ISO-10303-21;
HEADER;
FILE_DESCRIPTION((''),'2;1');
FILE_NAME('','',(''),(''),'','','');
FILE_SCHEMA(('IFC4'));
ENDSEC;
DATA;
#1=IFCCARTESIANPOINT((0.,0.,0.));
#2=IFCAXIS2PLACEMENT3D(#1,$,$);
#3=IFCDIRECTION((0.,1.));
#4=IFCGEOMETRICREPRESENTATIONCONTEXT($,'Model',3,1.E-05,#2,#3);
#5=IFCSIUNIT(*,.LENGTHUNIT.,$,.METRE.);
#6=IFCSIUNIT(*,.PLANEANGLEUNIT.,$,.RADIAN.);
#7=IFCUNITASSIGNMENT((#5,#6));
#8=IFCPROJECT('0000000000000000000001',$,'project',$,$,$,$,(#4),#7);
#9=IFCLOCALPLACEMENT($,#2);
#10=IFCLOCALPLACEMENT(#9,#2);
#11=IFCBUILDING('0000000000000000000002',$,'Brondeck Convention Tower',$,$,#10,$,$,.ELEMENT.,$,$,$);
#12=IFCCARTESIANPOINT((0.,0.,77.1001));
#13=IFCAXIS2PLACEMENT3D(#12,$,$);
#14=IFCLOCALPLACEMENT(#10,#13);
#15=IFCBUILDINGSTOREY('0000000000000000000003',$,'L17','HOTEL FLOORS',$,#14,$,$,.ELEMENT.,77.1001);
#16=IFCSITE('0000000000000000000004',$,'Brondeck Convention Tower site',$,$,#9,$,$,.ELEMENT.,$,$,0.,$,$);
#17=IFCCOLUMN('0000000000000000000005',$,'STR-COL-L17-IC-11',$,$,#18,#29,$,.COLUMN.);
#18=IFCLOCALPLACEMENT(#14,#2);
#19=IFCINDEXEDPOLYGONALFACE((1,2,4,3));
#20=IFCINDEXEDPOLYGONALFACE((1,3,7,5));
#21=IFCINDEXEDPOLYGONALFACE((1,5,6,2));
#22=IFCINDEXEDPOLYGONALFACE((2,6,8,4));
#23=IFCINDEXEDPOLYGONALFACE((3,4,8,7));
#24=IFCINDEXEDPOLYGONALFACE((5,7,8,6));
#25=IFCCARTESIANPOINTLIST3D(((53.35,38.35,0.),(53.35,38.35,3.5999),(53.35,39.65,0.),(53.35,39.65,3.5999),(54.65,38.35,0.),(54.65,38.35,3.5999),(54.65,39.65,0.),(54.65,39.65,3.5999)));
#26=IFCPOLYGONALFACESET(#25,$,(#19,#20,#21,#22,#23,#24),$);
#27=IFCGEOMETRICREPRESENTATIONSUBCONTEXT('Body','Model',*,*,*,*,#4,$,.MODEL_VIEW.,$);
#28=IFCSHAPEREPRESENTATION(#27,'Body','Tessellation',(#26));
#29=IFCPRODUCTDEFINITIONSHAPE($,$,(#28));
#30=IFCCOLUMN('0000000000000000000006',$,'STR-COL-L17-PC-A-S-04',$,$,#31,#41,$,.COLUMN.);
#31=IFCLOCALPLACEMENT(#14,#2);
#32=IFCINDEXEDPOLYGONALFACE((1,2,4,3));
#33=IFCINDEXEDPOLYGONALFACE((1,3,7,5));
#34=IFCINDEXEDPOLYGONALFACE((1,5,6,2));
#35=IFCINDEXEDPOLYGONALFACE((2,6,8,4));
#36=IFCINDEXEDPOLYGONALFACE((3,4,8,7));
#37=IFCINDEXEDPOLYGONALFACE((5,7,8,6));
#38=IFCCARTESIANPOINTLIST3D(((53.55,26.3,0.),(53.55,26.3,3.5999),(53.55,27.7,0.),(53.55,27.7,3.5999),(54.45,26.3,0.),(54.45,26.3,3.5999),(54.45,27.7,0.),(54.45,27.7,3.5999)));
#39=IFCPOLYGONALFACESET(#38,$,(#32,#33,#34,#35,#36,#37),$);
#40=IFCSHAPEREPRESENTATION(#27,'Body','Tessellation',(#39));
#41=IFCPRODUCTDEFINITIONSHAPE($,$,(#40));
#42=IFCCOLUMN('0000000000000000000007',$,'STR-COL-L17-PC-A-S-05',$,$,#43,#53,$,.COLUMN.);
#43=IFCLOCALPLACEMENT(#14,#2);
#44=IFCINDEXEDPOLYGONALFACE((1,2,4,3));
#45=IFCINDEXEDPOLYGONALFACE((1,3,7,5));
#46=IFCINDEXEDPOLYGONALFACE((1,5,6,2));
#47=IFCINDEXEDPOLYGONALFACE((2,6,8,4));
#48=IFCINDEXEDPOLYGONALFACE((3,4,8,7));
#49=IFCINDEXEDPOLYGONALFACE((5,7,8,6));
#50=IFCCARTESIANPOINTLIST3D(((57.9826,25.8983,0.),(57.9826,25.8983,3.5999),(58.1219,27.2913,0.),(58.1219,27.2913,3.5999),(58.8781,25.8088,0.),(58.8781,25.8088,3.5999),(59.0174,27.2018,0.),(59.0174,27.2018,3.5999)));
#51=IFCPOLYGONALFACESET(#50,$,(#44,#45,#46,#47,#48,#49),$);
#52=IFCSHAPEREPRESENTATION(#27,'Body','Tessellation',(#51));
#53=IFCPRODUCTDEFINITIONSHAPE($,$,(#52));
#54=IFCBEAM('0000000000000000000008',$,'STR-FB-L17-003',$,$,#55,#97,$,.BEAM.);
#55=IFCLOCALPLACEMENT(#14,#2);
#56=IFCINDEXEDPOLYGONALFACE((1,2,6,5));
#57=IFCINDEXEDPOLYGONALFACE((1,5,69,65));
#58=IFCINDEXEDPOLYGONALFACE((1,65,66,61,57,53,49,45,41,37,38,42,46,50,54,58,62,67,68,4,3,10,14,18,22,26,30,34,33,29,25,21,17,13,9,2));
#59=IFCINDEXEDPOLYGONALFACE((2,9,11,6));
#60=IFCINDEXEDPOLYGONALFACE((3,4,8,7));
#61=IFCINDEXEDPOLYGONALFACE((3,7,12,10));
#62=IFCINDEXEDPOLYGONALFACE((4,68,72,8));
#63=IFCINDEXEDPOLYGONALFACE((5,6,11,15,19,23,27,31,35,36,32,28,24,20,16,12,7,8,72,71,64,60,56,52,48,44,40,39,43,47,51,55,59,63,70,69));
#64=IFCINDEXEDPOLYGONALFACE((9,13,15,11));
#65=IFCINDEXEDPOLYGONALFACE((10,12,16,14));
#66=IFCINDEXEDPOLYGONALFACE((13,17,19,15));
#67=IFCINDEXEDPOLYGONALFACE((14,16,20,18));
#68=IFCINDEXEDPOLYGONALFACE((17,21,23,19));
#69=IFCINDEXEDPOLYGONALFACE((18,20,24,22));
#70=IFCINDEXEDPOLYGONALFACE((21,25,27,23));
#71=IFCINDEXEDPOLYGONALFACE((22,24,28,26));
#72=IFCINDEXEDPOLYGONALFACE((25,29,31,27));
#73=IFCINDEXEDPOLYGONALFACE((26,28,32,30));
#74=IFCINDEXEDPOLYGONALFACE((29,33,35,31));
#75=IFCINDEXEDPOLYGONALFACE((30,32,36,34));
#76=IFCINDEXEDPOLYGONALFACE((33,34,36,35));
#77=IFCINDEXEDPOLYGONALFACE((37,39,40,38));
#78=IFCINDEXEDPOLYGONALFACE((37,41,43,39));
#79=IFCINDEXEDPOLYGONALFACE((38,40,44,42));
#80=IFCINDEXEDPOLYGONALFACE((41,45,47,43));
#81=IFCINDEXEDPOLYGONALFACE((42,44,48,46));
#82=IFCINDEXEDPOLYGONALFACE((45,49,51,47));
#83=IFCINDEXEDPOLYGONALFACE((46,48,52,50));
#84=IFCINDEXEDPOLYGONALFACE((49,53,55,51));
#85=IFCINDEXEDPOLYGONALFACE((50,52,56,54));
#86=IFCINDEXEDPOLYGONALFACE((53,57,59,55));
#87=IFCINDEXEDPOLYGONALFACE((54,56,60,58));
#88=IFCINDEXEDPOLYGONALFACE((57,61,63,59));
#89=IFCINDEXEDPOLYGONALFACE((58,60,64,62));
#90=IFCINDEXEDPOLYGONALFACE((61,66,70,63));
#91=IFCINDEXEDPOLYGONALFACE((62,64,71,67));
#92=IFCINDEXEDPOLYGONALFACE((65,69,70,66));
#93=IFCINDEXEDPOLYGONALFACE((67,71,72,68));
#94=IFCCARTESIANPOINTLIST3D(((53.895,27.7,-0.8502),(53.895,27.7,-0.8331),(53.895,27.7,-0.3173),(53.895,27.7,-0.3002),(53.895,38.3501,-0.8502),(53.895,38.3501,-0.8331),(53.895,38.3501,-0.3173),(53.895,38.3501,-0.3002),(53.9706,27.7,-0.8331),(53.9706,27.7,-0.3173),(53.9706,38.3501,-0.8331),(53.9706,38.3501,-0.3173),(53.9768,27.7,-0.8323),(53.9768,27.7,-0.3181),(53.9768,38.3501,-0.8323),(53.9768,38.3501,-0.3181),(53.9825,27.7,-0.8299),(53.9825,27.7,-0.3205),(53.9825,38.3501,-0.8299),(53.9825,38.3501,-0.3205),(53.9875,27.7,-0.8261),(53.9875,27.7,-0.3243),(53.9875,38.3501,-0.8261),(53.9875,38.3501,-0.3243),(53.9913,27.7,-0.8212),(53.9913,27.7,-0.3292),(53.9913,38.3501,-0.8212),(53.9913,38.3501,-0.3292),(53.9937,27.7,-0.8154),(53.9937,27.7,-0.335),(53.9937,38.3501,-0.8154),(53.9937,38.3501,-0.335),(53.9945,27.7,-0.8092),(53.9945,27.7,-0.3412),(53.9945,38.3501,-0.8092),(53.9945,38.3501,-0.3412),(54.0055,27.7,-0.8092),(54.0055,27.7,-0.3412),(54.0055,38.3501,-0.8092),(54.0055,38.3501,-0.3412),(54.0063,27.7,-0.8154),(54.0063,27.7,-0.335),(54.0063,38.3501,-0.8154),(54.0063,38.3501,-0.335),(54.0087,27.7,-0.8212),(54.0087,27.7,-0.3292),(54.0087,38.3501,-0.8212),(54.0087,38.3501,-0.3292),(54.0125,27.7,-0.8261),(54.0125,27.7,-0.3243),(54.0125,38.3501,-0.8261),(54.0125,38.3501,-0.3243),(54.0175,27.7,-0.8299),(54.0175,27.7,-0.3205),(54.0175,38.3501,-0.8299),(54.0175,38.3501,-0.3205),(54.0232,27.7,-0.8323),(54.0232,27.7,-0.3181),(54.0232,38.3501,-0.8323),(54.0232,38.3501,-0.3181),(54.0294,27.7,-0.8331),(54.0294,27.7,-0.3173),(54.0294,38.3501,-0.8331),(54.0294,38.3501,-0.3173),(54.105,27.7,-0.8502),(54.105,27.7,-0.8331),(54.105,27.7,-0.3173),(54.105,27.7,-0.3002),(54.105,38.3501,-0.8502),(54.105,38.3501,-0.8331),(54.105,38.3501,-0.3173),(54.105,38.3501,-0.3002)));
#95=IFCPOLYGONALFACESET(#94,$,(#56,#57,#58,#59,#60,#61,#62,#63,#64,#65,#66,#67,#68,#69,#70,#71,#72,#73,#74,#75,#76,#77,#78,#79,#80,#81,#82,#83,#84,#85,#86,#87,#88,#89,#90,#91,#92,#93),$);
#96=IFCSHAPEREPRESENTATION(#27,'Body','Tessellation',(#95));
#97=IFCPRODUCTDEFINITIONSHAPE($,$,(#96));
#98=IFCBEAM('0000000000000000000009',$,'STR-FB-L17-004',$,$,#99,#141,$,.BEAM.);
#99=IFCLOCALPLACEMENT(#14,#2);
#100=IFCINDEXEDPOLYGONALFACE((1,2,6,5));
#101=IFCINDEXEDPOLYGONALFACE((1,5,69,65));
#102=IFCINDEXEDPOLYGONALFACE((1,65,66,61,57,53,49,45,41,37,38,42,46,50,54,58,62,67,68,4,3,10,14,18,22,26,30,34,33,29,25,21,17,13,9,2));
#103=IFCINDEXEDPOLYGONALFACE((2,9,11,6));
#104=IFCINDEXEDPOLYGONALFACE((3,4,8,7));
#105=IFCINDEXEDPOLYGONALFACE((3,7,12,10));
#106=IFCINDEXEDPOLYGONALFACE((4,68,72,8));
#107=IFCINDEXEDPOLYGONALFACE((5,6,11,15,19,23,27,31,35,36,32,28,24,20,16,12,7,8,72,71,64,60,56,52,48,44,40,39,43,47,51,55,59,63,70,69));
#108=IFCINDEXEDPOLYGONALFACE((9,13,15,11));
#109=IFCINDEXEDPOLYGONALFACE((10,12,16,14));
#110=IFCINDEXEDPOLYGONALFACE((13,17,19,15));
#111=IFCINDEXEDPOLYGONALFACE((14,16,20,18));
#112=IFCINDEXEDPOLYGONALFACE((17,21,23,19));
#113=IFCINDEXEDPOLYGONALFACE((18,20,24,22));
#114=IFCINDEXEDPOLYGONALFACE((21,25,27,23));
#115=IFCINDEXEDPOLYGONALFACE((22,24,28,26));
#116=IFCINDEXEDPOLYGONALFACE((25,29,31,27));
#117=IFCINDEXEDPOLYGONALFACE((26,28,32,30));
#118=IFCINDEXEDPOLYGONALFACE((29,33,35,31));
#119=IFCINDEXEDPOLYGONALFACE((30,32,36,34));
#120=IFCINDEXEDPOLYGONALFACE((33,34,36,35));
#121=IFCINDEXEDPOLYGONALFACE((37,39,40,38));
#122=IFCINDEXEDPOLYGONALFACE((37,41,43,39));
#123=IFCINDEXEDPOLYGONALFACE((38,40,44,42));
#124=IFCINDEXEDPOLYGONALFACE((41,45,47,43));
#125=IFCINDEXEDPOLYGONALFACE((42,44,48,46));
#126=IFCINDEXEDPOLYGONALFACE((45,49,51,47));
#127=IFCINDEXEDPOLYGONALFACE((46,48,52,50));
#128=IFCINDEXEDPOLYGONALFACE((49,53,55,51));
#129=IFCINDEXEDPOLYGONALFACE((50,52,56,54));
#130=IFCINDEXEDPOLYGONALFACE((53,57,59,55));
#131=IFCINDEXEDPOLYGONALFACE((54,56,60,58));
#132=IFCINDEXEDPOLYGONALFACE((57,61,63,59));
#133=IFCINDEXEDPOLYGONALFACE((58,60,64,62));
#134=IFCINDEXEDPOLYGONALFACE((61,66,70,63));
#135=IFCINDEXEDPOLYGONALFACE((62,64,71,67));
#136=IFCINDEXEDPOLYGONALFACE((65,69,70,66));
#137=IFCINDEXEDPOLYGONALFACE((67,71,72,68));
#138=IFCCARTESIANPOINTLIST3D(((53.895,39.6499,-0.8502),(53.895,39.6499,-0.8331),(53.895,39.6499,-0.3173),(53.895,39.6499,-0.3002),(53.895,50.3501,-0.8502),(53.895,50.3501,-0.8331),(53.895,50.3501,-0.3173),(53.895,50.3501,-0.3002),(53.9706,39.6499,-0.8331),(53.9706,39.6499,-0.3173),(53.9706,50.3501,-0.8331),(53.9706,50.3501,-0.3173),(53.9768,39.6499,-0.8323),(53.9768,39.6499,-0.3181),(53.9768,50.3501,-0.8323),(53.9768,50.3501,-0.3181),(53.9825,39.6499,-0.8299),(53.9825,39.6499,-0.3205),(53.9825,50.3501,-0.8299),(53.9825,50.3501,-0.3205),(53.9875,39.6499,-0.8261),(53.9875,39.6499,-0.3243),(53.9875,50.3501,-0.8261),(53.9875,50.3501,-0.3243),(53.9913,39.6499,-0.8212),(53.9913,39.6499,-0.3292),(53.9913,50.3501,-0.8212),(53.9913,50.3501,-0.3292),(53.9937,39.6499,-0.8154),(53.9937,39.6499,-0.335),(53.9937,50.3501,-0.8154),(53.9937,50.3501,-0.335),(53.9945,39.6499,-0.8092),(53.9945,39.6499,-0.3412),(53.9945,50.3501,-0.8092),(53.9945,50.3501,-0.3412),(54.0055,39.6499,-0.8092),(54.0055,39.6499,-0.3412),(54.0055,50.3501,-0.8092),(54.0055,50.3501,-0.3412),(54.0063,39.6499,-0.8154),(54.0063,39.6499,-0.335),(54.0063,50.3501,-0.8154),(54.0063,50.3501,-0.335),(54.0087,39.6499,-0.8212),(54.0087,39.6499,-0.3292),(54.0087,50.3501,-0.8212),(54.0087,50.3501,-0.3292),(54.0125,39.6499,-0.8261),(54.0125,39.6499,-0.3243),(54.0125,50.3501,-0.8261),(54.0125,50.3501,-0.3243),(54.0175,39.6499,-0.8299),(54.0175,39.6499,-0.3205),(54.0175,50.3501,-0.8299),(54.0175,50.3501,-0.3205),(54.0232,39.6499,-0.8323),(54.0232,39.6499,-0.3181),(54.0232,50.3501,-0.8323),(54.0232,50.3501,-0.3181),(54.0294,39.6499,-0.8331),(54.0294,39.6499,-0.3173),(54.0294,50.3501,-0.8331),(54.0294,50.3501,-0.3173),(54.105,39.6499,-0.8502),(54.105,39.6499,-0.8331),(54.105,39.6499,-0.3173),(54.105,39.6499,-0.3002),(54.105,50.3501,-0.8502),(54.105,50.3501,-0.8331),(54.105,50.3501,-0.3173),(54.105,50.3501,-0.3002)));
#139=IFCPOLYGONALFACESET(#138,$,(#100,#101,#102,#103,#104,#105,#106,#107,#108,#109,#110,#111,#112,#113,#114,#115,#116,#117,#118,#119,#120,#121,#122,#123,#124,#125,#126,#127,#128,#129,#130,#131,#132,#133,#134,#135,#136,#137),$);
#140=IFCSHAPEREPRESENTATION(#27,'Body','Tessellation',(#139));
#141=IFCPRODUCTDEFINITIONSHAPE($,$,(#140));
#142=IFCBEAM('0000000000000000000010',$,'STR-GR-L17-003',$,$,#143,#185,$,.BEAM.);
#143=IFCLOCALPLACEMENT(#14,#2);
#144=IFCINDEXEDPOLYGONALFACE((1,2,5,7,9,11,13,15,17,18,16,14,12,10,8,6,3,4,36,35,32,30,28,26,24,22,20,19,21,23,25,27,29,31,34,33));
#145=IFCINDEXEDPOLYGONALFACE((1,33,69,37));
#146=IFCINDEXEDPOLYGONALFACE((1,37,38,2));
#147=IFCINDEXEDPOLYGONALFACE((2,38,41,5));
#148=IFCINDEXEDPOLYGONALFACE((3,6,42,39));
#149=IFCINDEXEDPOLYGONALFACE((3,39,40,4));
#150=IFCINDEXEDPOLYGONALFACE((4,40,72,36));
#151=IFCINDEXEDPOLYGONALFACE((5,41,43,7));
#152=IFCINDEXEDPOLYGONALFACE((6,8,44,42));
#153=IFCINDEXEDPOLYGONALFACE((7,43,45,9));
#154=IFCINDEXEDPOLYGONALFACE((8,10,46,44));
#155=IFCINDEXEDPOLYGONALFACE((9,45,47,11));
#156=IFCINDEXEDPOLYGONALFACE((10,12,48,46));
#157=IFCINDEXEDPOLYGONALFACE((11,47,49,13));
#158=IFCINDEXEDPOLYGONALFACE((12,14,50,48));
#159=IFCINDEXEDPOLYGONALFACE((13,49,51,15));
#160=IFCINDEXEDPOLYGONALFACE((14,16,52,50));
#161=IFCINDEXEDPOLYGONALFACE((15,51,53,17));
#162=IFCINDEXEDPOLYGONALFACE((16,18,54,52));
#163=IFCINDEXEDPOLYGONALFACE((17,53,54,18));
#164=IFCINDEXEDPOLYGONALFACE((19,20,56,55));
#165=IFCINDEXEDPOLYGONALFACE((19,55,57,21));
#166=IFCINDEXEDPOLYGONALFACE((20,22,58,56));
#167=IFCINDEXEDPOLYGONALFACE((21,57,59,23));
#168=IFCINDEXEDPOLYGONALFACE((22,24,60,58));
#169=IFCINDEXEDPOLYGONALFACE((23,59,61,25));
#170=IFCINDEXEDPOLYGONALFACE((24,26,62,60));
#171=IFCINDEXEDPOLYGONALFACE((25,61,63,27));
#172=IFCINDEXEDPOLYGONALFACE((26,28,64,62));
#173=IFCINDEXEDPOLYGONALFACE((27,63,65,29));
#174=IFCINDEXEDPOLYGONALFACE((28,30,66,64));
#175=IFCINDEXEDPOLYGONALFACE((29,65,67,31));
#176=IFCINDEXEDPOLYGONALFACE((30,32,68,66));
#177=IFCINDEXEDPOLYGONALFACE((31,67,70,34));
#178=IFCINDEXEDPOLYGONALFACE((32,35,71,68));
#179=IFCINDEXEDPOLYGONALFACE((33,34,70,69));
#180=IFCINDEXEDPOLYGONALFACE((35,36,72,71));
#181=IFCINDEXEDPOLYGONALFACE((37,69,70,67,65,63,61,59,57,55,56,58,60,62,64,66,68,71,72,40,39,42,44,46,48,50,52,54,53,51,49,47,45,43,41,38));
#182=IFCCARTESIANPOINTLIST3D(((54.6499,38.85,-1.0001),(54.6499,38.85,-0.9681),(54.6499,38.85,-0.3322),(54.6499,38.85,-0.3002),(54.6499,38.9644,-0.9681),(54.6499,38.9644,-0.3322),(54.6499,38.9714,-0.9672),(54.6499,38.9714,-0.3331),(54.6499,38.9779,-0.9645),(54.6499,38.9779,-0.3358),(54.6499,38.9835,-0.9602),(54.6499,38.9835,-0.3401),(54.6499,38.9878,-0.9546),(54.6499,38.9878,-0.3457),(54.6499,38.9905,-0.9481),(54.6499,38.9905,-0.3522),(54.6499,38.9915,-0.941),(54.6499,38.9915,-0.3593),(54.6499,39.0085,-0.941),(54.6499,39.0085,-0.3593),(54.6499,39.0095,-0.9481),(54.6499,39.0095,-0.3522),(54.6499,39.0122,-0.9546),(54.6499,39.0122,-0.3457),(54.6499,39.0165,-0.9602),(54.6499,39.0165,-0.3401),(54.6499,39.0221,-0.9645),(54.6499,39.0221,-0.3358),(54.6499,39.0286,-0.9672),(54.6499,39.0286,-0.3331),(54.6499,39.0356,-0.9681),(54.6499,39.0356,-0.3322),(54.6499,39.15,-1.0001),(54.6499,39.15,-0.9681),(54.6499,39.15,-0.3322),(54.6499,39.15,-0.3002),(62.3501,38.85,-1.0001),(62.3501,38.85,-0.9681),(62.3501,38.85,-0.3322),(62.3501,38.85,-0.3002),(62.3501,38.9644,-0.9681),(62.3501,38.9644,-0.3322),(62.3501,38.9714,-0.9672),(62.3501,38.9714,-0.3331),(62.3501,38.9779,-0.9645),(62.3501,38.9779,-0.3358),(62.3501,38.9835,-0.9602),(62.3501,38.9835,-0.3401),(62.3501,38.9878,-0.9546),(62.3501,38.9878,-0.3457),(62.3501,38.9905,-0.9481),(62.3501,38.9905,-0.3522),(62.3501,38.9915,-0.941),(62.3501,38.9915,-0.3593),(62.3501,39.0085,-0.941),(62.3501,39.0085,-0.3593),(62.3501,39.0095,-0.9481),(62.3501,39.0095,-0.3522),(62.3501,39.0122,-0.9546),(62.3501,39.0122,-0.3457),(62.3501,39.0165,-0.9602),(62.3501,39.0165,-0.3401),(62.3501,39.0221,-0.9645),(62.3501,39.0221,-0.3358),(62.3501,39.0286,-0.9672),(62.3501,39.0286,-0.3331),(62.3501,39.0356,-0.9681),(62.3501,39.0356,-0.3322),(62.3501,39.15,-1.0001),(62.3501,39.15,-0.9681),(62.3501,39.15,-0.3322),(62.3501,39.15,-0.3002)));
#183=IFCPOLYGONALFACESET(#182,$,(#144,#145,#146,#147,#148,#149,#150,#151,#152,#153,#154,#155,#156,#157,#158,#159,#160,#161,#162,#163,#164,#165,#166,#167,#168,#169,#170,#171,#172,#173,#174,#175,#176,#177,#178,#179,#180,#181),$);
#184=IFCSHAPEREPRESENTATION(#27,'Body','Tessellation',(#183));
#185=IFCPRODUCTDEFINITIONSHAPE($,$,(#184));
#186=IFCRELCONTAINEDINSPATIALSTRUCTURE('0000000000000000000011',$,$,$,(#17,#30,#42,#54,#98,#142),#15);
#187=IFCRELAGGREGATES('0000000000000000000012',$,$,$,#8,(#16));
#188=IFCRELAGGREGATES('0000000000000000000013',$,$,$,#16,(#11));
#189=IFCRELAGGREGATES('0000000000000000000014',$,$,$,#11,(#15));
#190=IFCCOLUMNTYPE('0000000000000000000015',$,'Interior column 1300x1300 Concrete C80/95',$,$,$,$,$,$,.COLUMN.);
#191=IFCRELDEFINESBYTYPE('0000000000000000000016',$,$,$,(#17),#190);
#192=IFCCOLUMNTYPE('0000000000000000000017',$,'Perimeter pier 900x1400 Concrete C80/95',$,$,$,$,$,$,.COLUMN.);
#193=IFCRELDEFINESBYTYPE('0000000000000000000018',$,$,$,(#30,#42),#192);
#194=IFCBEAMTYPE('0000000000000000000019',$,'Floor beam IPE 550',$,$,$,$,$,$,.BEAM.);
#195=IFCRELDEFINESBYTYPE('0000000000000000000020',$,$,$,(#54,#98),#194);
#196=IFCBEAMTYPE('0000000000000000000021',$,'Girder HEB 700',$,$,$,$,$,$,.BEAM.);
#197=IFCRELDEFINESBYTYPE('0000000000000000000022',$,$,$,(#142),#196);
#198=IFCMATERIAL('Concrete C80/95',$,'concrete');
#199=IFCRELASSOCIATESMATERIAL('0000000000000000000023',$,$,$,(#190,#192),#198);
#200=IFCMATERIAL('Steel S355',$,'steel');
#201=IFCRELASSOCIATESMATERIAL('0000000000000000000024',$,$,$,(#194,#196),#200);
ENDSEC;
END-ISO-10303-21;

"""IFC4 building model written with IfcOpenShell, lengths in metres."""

from ifc_helpers import new_model, si_unit, direction, frame, origin, origin_2d, place, context, subcontext, project, spatial, rectangle, i_section, extrude, material, material_profile, profile_set, type_object, element, save


model = new_model("IFC4")

# Units and contexts
model_context = context("Model", 3, precision=1e-05, world=origin(), true_north=direction((0.0, 1.0)))
body_context = subcontext(model_context, "Body", "Model", "MODEL_VIEW")
ifc_project = project(units=[si_unit("LENGTHUNIT", "METRE"), si_unit("PLANEANGLEUNIT", "RADIAN")], contexts=[model_context])

# Site, building, storey
site_placement = place(None, origin())
site = spatial("IfcSite", under=ifc_project, at=site_placement, Name="Brondeck Convention Tower site", CompositionType="ELEMENT", RefElevation=0.0)
building_placement = place(site_placement, origin())
building = spatial("IfcBuilding", under=site, at=building_placement, Name="Brondeck Convention Tower", CompositionType="ELEMENT")
storey_placement = place(building_placement, frame((0.0, 0.0, 77.1001)))
storey = spatial("IfcBuildingStorey", under=building, at=storey_placement, Name="L17", Description="HOTEL FLOORS", CompositionType="ELEMENT", Elevation=77.1001)

# Columns
ifc_material_1 = material(Name="Concrete C80/95", Category="concrete")
ifc_material_profile_1 = material_profile(ifc_material_1, rectangle(XDim=1.3, YDim=1.3, at=origin_2d()), Name="Interior column 1300x1300 Concrete C80/95")
ifc_profile_set_1 = profile_set([ifc_material_profile_1], Name="Concrete C80/95")
column_type_1 = type_object("IfcColumnType", Name="Interior column 1300x1300 Concrete C80/95", PredefinedType="COLUMN", material=ifc_profile_set_1)
column_placement = place(storey_placement, frame((54.0, 39.0, 0.0), z_axis=(0.0, 0.0, 1.0), x_axis=(1.0, 0.0, 0.0)))
element("IfcColumn", 1, at=column_placement, inside=storey, type_object=column_type_1, Name="STR-COL-L17-IC-11", PredefinedType="COLUMN", context=body_context, shape_type="SweptSolid", body=[
    extrude(rectangle(XDim=1.3, YDim=1.3, at=origin_2d()), origin(), (0.0, 0.0, 1.0), 3.5999),
])
ifc_material_profile_2 = material_profile(ifc_material_1, rectangle(XDim=0.8999, YDim=1.3999, at=origin_2d()), Name="Perimeter pier 900x1400 Concrete C80/95")
ifc_profile_set_2 = profile_set([ifc_material_profile_2], Name="Concrete C80/95")
column_type_2 = type_object("IfcColumnType", Name="Perimeter pier 900x1400 Concrete C80/95", PredefinedType="COLUMN", material=ifc_profile_set_2)
for number, where, z_axis, x_axis, name in (
    (2, (54.0, 27.0, 0.0), (0.0, 0.0, 1.0), (1.0, 0.0, 0.0), "STR-COL-L17-PC-A-S-04"),
    (3, (58.5, 26.55, 0.0), (0.0, 0.0, 1.0), (0.995037, -0.099504, 0.0), "STR-COL-L17-PC-A-S-05"),
):
    element("IfcColumn", number, at=place(storey_placement, frame(where, z_axis=z_axis, x_axis=x_axis)), inside=storey, type_object=column_type_2, Name=name, PredefinedType="COLUMN", context=body_context, shape_type="SweptSolid", body=[
        extrude(rectangle(XDim=0.8999, YDim=1.3999, at=origin_2d()), origin(), (0.0, 0.0, 1.0), 3.5999),
    ])

# Beams
ifc_material_2 = material(Name="Steel S355", Category="steel")
ifc_material_profile_3 = material_profile(ifc_material_2, i_section(OverallWidth=0.21, OverallDepth=0.55, WebThickness=0.011, FlangeThickness=0.0171, FilletRadius=0.0239, at=origin_2d()), Name="IPE 550")
ifc_profile_set_3 = profile_set([ifc_material_profile_3], Name="Steel S355")
beam_type_1 = type_object("IfcBeamType", Name="Floor beam IPE 550", PredefinedType="BEAM", material=ifc_profile_set_3)
beam_1_placement = place(storey_placement, frame((54.0, 27.7, -0.5752), z_axis=(0.0, 1.0, 0.0), x_axis=(-1.0, 0.0, 0.0)))
element("IfcBeam", 4, at=beam_1_placement, inside=storey, type_object=beam_type_1, Name="STR-FB-L17-003", PredefinedType="BEAM", context=body_context, shape_type="SweptSolid", body=[
    extrude(i_section(OverallWidth=0.21, OverallDepth=0.55, WebThickness=0.011, FlangeThickness=0.0171, FilletRadius=0.0239, at=origin_2d()), origin(), (0.0, 0.0, 1.0), 10.6501),
])
beam_2_placement = place(storey_placement, frame((54.0, 39.6499, -0.5752), z_axis=(0.0, 1.0, 0.0), x_axis=(-1.0, 0.0, 0.0)))
element("IfcBeam", 5, at=beam_2_placement, inside=storey, type_object=beam_type_1, Name="STR-FB-L17-004", PredefinedType="BEAM", context=body_context, shape_type="SweptSolid", body=[
    extrude(i_section(OverallWidth=0.21, OverallDepth=0.55, WebThickness=0.011, FlangeThickness=0.0171, FilletRadius=0.0239, at=origin_2d()), origin(), (0.0, 0.0, 1.0), 10.7002),
])
ifc_material_profile_4 = material_profile(ifc_material_2, i_section(OverallWidth=0.3, OverallDepth=0.7, WebThickness=0.0171, FlangeThickness=0.032, FilletRadius=0.0271, at=origin_2d()), Name="HEB 700")
ifc_profile_set_4 = profile_set([ifc_material_profile_4], Name="Steel S355")
beam_type_2 = type_object("IfcBeamType", Name="Girder HEB 700", PredefinedType="BEAM", material=ifc_profile_set_4)
beam_3_placement = place(storey_placement, frame((54.6499, 39.0, -0.6501), z_axis=(1.0, 0.0, 0.0), x_axis=(0.0, 1.0, 0.0)))
element("IfcBeam", 6, at=beam_3_placement, inside=storey, type_object=beam_type_2, Name="STR-GR-L17-003", PredefinedType="BEAM", context=body_context, shape_type="SweptSolid", body=[
    extrude(i_section(OverallWidth=0.3, OverallDepth=0.7, WebThickness=0.0171, FlangeThickness=0.032, FilletRadius=0.0271, at=origin_2d()), origin(), (0.0, 0.0, 1.0), 7.7002),
])

save(model, "model.ifc")
